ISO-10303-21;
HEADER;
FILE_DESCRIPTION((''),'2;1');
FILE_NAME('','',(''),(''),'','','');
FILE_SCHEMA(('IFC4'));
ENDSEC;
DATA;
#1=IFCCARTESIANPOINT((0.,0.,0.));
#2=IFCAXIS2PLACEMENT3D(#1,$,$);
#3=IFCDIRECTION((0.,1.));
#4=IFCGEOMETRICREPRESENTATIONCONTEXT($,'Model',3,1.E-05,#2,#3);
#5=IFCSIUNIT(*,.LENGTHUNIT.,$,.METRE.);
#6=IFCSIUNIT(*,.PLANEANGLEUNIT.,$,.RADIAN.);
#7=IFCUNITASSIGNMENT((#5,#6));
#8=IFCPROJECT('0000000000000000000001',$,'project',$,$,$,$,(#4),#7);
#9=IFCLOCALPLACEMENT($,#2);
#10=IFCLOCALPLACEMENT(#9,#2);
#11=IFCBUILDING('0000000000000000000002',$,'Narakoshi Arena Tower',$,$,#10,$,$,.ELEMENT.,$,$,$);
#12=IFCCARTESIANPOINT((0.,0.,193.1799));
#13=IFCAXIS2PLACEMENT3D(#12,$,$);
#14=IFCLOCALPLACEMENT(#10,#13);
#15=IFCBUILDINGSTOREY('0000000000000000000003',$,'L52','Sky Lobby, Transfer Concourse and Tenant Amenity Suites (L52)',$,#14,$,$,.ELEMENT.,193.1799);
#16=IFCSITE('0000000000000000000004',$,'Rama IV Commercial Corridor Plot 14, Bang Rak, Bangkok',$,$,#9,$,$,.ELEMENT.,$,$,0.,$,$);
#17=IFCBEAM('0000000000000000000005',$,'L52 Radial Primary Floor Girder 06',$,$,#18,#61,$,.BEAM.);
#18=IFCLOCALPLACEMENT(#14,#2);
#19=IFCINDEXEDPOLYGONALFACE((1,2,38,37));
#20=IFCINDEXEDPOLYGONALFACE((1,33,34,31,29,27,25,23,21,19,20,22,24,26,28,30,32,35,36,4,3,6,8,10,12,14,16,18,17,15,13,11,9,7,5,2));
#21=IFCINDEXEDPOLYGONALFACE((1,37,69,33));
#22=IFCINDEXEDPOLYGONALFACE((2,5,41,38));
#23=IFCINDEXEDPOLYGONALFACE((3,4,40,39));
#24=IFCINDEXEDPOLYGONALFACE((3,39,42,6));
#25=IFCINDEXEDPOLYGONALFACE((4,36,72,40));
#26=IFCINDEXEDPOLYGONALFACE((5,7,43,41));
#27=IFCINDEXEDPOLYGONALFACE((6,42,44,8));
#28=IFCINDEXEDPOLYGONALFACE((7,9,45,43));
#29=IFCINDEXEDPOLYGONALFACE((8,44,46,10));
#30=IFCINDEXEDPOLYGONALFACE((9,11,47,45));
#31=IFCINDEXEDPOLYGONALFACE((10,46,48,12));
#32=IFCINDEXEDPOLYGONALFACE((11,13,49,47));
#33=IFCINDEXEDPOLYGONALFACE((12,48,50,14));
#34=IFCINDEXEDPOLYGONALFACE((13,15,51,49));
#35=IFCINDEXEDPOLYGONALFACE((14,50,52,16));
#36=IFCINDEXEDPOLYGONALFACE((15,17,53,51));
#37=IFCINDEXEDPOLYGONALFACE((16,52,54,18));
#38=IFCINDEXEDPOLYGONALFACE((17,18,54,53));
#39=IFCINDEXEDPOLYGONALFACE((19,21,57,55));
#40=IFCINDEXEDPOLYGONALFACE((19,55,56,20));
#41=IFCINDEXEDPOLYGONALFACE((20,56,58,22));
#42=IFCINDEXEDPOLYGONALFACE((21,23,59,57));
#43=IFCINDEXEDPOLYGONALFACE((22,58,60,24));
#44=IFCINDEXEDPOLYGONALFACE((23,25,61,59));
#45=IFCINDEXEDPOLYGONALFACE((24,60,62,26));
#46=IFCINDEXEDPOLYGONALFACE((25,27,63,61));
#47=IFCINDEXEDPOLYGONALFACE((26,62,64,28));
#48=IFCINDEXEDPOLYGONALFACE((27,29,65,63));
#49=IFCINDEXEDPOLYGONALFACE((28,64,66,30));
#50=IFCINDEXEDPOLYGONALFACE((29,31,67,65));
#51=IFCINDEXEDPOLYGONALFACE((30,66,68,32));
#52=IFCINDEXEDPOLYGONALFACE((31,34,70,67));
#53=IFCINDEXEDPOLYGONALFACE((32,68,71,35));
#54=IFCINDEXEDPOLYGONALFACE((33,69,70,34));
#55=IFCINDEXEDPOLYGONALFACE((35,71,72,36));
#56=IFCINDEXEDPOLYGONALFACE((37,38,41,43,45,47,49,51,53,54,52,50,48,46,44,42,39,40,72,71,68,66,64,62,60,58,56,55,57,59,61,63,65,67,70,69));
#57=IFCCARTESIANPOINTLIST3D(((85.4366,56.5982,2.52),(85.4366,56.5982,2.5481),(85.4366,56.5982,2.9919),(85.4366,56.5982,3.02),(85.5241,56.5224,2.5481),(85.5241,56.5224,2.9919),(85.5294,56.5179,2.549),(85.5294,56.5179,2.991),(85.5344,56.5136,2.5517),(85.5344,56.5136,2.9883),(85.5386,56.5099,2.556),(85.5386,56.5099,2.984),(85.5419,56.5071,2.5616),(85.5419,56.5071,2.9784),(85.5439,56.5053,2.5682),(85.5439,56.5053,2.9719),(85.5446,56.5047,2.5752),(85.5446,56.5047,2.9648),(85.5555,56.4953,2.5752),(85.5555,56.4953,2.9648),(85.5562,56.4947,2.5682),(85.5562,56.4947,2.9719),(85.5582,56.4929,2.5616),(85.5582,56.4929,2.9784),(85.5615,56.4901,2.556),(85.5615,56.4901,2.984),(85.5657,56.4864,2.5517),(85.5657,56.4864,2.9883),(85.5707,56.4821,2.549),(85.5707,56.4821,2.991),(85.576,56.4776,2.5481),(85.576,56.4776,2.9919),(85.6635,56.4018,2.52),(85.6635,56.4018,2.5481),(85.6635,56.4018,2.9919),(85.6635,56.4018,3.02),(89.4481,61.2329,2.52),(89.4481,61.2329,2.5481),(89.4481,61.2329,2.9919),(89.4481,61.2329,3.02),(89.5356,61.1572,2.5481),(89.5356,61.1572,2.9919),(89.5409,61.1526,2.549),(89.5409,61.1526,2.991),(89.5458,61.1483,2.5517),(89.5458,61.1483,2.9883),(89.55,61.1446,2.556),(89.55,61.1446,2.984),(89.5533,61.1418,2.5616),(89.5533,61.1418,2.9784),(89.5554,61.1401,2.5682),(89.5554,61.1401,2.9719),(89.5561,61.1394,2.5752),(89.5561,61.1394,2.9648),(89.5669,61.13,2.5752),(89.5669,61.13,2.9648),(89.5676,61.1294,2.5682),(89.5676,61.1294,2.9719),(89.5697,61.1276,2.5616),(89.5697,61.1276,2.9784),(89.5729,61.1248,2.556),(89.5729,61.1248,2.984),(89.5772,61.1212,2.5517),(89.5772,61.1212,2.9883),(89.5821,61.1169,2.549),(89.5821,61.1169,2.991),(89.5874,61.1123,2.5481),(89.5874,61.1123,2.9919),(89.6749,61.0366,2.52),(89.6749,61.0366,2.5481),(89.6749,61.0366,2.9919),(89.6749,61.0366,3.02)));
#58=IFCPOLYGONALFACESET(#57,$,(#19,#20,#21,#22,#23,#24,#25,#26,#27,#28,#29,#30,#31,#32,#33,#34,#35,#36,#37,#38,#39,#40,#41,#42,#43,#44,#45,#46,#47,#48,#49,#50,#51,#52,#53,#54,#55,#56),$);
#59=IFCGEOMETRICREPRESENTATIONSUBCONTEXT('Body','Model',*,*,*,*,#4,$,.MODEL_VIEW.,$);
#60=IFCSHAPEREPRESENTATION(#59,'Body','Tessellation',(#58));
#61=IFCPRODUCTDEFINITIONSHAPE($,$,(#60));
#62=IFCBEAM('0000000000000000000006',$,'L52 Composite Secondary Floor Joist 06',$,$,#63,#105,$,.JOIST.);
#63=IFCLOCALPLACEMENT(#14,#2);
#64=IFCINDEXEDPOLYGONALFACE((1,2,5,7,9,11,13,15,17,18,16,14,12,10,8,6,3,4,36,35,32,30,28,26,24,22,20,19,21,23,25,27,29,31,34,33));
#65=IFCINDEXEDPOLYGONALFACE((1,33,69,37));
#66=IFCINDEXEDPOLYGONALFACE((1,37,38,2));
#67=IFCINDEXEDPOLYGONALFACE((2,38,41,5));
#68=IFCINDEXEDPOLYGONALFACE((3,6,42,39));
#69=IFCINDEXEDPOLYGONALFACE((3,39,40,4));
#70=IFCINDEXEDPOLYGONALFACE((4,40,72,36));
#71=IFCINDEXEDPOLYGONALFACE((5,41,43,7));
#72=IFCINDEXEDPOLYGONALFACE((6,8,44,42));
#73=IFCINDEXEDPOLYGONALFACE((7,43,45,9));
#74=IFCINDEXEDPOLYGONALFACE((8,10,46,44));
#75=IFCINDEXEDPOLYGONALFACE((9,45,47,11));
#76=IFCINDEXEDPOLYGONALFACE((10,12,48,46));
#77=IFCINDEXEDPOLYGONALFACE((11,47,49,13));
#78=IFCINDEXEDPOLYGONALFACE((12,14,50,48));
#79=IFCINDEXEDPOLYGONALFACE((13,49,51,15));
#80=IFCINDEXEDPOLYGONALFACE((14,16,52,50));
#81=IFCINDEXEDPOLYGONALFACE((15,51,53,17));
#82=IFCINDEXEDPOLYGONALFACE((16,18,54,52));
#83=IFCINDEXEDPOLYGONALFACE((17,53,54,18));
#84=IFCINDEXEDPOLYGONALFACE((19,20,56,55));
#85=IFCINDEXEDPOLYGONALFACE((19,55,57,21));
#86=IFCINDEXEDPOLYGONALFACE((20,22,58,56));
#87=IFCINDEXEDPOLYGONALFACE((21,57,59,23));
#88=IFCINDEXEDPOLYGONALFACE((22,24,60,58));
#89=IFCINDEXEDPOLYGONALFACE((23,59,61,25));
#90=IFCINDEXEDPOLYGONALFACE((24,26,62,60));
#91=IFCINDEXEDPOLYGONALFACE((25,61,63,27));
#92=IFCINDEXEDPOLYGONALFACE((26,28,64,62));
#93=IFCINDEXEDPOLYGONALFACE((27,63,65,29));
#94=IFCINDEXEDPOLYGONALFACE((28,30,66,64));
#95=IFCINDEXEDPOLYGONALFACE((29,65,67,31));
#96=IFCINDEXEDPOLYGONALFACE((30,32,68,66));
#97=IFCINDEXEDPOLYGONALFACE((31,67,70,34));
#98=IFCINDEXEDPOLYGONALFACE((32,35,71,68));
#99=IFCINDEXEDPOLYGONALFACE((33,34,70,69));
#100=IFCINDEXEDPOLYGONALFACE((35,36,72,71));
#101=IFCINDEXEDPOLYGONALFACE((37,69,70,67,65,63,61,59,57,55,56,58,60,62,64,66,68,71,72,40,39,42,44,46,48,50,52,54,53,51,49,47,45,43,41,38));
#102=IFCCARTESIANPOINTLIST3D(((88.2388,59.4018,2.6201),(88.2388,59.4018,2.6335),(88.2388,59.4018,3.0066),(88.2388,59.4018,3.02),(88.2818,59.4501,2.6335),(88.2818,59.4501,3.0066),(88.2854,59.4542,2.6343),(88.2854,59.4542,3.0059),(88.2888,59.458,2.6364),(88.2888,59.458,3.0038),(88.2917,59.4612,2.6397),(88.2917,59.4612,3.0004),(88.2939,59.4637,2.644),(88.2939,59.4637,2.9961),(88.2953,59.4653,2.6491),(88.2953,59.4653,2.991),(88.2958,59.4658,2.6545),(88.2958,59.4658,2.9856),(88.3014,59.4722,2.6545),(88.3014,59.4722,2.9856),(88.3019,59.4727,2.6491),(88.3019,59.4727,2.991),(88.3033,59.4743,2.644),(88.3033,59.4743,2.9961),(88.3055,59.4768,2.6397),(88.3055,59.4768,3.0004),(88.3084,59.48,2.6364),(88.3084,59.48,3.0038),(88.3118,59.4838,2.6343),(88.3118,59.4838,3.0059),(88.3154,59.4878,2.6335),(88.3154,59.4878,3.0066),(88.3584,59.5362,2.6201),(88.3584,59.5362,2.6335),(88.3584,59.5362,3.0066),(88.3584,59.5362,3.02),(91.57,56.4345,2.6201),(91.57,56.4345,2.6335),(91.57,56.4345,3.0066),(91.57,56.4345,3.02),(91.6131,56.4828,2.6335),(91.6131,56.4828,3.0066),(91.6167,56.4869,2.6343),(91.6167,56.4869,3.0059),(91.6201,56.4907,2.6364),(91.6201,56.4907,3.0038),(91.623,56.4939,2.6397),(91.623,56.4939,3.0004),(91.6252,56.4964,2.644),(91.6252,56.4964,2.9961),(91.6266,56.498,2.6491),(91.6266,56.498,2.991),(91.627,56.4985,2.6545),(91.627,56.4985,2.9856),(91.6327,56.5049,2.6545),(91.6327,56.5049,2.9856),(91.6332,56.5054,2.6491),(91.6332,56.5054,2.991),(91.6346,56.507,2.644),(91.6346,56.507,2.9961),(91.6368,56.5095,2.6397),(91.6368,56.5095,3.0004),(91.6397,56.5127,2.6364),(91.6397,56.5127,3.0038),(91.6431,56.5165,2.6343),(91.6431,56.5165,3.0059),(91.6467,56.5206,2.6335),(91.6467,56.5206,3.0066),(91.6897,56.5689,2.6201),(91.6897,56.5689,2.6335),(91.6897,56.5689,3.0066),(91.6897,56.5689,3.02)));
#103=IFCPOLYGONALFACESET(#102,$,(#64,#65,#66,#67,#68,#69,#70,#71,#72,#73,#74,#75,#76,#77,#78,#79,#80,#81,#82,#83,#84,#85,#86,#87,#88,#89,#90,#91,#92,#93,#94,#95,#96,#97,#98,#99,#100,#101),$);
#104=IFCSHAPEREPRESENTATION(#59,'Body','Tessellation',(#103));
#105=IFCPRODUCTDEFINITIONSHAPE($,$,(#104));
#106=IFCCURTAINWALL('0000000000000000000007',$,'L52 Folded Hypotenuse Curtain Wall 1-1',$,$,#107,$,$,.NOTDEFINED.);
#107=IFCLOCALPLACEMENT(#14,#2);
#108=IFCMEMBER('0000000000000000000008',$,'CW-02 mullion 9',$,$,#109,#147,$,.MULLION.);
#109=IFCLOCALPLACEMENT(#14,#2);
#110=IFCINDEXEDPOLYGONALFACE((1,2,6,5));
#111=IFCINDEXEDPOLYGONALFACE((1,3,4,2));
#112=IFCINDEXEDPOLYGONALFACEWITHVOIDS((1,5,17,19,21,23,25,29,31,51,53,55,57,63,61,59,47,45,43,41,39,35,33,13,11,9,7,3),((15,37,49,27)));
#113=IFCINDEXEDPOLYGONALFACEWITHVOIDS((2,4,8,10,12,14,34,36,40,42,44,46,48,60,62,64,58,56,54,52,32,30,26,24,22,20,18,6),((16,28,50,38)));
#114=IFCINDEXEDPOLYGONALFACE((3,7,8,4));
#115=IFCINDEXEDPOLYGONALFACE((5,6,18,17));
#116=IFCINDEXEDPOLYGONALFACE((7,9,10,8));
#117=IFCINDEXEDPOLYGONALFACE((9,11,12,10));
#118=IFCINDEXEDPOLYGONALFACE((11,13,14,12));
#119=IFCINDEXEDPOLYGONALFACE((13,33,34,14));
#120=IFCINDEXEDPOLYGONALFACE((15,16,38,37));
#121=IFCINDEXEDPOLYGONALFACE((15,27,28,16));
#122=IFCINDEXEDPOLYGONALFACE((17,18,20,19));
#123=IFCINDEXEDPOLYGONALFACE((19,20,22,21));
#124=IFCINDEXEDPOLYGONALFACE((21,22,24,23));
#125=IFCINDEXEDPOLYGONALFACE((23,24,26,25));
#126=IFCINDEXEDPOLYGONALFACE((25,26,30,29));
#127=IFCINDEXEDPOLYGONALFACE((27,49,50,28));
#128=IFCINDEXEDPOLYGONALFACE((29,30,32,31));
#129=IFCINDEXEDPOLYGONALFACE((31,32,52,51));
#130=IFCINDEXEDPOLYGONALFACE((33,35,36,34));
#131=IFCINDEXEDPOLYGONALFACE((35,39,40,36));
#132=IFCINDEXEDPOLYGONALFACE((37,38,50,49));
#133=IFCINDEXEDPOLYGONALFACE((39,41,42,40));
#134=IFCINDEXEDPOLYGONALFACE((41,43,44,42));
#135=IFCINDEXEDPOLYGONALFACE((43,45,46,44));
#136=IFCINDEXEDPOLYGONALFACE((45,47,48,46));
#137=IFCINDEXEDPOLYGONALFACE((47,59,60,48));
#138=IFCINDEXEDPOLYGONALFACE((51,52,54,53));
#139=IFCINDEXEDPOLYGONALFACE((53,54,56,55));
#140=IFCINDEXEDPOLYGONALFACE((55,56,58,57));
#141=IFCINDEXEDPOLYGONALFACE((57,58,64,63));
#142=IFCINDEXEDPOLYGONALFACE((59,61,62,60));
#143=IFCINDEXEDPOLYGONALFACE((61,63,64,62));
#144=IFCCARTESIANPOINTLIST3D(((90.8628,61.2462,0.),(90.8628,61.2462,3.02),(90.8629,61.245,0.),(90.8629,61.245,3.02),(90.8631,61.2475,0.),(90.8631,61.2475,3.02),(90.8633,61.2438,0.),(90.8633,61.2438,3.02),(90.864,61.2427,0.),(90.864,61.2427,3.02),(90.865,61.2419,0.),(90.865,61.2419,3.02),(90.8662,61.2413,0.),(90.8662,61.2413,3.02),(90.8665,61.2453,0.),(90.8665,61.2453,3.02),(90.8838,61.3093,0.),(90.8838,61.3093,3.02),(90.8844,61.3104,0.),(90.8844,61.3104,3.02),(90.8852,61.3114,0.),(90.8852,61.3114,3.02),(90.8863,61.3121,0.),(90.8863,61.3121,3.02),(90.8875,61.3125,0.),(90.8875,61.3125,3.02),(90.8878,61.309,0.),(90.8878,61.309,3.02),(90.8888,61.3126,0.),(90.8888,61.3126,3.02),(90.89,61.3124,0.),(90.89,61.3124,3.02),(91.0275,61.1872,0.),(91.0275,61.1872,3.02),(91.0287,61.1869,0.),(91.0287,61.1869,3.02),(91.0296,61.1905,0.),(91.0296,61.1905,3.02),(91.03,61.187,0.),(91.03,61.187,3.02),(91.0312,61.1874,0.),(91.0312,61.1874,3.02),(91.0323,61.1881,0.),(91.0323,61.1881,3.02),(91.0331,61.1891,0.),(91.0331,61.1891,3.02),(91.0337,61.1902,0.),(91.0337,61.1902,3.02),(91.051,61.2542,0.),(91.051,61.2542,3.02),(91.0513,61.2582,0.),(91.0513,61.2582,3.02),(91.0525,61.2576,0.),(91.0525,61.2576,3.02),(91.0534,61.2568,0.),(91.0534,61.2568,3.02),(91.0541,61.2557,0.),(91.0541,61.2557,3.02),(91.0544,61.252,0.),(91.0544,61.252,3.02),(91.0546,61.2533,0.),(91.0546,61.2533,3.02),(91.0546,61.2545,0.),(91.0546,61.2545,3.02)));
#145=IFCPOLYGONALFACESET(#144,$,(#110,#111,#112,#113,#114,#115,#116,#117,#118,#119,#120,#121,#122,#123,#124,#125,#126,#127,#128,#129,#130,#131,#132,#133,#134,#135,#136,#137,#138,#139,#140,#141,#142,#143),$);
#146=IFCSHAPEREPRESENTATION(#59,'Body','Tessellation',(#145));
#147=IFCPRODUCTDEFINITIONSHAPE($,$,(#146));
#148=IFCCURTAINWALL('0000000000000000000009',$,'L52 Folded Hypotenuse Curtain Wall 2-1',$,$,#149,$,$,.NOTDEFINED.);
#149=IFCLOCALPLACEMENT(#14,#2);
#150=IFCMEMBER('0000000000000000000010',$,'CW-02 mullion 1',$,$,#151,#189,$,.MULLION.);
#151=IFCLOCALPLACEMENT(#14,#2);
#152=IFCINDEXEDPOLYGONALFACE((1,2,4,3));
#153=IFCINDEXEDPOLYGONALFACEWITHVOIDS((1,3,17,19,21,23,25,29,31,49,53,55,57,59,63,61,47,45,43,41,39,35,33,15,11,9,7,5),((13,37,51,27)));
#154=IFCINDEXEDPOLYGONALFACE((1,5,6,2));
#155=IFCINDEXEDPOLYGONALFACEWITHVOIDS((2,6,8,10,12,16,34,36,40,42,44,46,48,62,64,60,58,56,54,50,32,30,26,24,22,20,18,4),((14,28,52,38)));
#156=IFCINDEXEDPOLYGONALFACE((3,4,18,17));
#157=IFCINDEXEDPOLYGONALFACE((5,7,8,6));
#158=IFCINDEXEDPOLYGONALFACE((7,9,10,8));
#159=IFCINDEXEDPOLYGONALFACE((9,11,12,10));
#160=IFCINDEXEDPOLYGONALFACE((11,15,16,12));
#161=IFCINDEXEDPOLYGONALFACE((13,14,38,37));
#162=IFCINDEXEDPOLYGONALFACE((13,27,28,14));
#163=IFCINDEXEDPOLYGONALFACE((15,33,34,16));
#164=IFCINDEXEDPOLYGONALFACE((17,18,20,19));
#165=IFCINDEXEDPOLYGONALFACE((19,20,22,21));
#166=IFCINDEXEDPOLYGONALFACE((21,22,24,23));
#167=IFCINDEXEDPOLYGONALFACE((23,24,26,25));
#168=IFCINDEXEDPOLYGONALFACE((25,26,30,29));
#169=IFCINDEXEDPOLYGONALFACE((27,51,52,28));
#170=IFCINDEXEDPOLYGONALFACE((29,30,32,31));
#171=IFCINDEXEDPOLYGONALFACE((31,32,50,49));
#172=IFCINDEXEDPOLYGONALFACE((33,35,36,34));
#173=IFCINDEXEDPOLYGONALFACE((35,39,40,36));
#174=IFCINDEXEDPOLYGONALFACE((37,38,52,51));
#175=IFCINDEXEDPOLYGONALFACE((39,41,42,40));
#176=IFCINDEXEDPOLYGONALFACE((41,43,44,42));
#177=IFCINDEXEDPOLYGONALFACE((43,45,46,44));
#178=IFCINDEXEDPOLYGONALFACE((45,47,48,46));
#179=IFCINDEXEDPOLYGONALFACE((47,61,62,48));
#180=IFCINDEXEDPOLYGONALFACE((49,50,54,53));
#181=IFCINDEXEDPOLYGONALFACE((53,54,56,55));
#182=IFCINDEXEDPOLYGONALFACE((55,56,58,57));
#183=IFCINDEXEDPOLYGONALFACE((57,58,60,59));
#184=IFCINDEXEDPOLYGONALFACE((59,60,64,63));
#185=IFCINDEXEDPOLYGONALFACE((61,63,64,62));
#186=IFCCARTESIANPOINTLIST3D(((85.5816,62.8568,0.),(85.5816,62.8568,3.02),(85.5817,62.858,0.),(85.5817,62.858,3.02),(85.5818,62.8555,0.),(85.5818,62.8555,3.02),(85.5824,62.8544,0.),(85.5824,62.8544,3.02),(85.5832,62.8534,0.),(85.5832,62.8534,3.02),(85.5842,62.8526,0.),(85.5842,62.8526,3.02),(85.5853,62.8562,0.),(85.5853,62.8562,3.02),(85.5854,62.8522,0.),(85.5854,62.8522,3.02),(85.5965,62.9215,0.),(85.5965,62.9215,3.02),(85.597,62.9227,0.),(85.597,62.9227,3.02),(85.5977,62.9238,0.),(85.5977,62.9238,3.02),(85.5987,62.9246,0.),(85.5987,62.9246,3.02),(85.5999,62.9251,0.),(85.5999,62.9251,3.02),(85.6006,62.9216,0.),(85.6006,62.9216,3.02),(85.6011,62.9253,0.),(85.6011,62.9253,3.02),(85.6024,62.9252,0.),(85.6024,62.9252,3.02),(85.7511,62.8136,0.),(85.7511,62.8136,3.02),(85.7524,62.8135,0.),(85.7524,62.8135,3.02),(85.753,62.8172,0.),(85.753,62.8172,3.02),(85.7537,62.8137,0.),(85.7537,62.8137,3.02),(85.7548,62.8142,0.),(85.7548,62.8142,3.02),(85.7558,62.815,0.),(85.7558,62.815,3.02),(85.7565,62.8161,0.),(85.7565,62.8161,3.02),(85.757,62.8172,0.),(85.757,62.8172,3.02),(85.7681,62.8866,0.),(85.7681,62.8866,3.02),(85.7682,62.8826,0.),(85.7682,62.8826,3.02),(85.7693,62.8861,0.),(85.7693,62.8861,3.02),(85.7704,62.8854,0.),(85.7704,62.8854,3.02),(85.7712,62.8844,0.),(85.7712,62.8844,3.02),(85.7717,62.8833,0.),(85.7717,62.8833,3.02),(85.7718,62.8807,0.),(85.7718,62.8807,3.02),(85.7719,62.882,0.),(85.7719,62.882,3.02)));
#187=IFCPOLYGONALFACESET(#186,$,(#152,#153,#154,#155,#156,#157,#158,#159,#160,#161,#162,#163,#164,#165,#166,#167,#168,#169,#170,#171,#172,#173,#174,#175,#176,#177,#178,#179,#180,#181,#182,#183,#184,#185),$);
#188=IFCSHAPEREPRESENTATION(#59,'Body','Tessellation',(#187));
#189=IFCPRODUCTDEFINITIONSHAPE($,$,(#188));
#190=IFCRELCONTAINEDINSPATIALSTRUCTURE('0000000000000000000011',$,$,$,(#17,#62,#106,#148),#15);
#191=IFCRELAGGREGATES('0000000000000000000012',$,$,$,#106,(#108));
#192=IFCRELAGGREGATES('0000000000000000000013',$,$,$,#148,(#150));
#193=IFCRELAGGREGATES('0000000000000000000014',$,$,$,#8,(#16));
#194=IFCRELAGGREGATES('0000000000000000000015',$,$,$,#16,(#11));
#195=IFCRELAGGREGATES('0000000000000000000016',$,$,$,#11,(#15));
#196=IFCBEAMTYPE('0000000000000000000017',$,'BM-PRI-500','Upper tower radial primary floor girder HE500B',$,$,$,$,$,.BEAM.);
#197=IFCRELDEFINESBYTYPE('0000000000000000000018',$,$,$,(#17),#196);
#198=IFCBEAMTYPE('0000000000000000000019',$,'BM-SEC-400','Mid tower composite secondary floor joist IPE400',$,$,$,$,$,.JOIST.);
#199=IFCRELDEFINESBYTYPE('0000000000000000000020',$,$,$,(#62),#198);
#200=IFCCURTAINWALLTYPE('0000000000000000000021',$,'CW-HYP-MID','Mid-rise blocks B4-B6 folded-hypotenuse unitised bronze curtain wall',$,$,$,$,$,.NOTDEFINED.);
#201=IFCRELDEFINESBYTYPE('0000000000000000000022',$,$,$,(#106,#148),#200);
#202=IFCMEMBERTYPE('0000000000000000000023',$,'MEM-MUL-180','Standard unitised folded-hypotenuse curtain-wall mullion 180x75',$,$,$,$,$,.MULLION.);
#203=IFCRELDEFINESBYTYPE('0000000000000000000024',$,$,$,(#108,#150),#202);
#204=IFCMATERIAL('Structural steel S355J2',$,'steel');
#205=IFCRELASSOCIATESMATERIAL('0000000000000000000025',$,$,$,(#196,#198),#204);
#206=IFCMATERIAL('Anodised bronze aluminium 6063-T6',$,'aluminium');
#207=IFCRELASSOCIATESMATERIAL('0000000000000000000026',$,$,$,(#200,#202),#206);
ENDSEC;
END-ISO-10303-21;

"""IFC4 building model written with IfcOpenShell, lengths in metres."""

from ifc_helpers import new_model, si_unit, direction, frame, origin, origin_2d, place, context, subcontext, project, spatial, hollow_rectangle, i_section, extrude, material, material_profile, profile_set, type_object, element, aggregate, save


model = new_model("IFC4")

# Units and contexts
model_context = context("Model", 3, precision=1e-05, world=origin(), true_north=direction((0.0, 1.0)))
body_context = subcontext(model_context, "Body", "Model", "MODEL_VIEW")
ifc_project = project(units=[si_unit("LENGTHUNIT", "METRE"), si_unit("PLANEANGLEUNIT", "RADIAN")], contexts=[model_context])

# Site, building, storey
site_placement = place(None, origin())
site = spatial("IfcSite", under=ifc_project, at=site_placement, Name="Rama IV Commercial Corridor Plot 14, Bang Rak, Bangkok", CompositionType="ELEMENT", RefElevation=0.0)
building_placement = place(site_placement, origin())
building = spatial("IfcBuilding", under=site, at=building_placement, Name="Narakoshi Arena Tower", CompositionType="ELEMENT")
storey_placement = place(building_placement, frame((0.0, 0.0, 193.1799)))
storey = spatial("IfcBuildingStorey", under=building, at=storey_placement, Name="L52", Description="Sky Lobby, Transfer Concourse and Tenant Amenity Suites (L52)", CompositionType="ELEMENT", Elevation=193.1799)

# Beams
ifc_material_1 = material(Name="Structural steel S355J2", Category="steel")
ifc_material_profile_1 = material_profile(ifc_material_1, i_section(OverallWidth=0.3, OverallDepth=0.5, WebThickness=0.0144, FlangeThickness=0.0281, FilletRadius=0.0271, at=origin_2d()), Name="HE500B")
ifc_profile_set_1 = profile_set([ifc_material_profile_1], Name="Structural steel S355J2")
beam_type_1 = type_object("IfcBeamType", Name="BM-PRI-500", Description="Upper tower radial primary floor girder HE500B", PredefinedType="BEAM", material=ifc_profile_set_1)
beam_1_placement = place(storey_placement, frame((85.55, 56.5, 2.77), z_axis=(0.654435, 0.756119, 0.0), x_axis=(-0.756119, 0.654435, 0.0)))
element("IfcBeam", 1, at=beam_1_placement, inside=storey, type_object=beam_type_1, Name="L52 Radial Primary Floor Girder 06", PredefinedType="BEAM", context=body_context, shape_type="SweptSolid", body=[
    extrude(i_section(OverallWidth=0.3, OverallDepth=0.5, WebThickness=0.0144, FlangeThickness=0.0281, FilletRadius=0.0271, at=origin_2d()), origin(), (0.0, 0.0, 1.0), 6.1296),
])
ifc_material_profile_2 = material_profile(ifc_material_1, i_section(OverallWidth=0.1799, OverallDepth=0.3999, WebThickness=0.0085, FlangeThickness=0.0134, FilletRadius=0.021, at=origin_2d()), Name="IPE400")
ifc_profile_set_2 = profile_set([ifc_material_profile_2], Name="Structural steel S355J2")
beam_type_2 = type_object("IfcBeamType", Name="BM-SEC-400", Description="Mid tower composite secondary floor joist IPE400", PredefinedType="JOIST", material=ifc_profile_set_2)
beam_2_placement = place(storey_placement, frame((91.6299, 56.5017, 2.8201), z_axis=(-0.746727, 0.665131, 0.0), x_axis=(-0.665131, -0.746727, 0.0)))
element("IfcBeam", 2, at=beam_2_placement, inside=storey, type_object=beam_type_2, Name="L52 Composite Secondary Floor Joist 06", PredefinedType="JOIST", context=body_context, shape_type="SweptSolid", body=[
    extrude(i_section(OverallWidth=0.1799, OverallDepth=0.3999, WebThickness=0.0085, FlangeThickness=0.0134, FilletRadius=0.021, at=origin_2d()), origin(), (0.0, 0.0, 1.0), 4.4612),
])

# Curtain wall, member
ifc_material_2 = material(Name="Anodised bronze aluminium 6063-T6", Category="aluminium")
curtain_wall_type = type_object("IfcCurtainWallType", Name="CW-HYP-MID", Description="Mid-rise blocks B4-B6 folded-hypotenuse unitised bronze curtain wall", PredefinedType="NOTDEFINED", material=ifc_material_2)
curtain_wall_1_placement = place(storey_placement, origin())
curtain_wall_1 = element("IfcCurtainWall", 3, at=curtain_wall_1_placement, inside=storey, type_object=curtain_wall_type, Name="L52 Folded Hypotenuse Curtain Wall 1-1", PredefinedType="NOTDEFINED")
ifc_material_profile_3 = material_profile(ifc_material_2, hollow_rectangle(XDim=0.075, YDim=0.1799, WallThickness=0.0039, OuterFilletRadius=0.0049, at=origin_2d()), Name="MUL180x75x4")
ifc_profile_set_3 = profile_set([ifc_material_profile_3], Name="Anodised bronze aluminium 6063-T6")
member_type_1 = type_object("IfcMemberType", Name="MEM-MUL-180", Description="Standard unitised folded-hypotenuse curtain-wall mullion 180x75", PredefinedType="MULLION", material=ifc_profile_set_3)
member_1_placement = place(storey_placement, frame((90.9587, 61.2498, 0.0), z_axis=(0.0, 0.0, 1.0), x_axis=(-0.318263, -0.948002, 0.0)))
member_1 = element("IfcMember", 4, at=member_1_placement, type_object=member_type_1, Name="CW-02 mullion 9", PredefinedType="MULLION", context=body_context, shape_type="SweptSolid", body=[
    extrude(hollow_rectangle(XDim=0.075, YDim=0.1799, WallThickness=0.0039, OuterFilletRadius=0.0049, at=origin_2d()), origin(), (0.0, 0.0, 1.0), 3.02),
])
aggregate(curtain_wall_1, [member_1])

# Curtain wall, member
curtain_wall_2_placement = place(storey_placement, origin())
curtain_wall_2 = element("IfcCurtainWall", 5, at=curtain_wall_2_placement, inside=storey, type_object=curtain_wall_type, Name="L52 Folded Hypotenuse Curtain Wall 2-1", PredefinedType="NOTDEFINED")
member_2_placement = place(storey_placement, frame((85.6768, 62.8694, 0.0), z_axis=(0.0, 0.0, 1.0), x_axis=(-0.226721, -0.97396, 0.0)))
member_2 = element("IfcMember", 6, at=member_2_placement, type_object=member_type_1, Name="CW-02 mullion 1", PredefinedType="MULLION", context=body_context, shape_type="SweptSolid", body=[
    extrude(hollow_rectangle(XDim=0.075, YDim=0.1799, WallThickness=0.0039, OuterFilletRadius=0.0049, at=origin_2d()), origin(), (0.0, 0.0, 1.0), 3.02),
])
aggregate(curtain_wall_2, [member_2])

save(model, "model.ifc")
